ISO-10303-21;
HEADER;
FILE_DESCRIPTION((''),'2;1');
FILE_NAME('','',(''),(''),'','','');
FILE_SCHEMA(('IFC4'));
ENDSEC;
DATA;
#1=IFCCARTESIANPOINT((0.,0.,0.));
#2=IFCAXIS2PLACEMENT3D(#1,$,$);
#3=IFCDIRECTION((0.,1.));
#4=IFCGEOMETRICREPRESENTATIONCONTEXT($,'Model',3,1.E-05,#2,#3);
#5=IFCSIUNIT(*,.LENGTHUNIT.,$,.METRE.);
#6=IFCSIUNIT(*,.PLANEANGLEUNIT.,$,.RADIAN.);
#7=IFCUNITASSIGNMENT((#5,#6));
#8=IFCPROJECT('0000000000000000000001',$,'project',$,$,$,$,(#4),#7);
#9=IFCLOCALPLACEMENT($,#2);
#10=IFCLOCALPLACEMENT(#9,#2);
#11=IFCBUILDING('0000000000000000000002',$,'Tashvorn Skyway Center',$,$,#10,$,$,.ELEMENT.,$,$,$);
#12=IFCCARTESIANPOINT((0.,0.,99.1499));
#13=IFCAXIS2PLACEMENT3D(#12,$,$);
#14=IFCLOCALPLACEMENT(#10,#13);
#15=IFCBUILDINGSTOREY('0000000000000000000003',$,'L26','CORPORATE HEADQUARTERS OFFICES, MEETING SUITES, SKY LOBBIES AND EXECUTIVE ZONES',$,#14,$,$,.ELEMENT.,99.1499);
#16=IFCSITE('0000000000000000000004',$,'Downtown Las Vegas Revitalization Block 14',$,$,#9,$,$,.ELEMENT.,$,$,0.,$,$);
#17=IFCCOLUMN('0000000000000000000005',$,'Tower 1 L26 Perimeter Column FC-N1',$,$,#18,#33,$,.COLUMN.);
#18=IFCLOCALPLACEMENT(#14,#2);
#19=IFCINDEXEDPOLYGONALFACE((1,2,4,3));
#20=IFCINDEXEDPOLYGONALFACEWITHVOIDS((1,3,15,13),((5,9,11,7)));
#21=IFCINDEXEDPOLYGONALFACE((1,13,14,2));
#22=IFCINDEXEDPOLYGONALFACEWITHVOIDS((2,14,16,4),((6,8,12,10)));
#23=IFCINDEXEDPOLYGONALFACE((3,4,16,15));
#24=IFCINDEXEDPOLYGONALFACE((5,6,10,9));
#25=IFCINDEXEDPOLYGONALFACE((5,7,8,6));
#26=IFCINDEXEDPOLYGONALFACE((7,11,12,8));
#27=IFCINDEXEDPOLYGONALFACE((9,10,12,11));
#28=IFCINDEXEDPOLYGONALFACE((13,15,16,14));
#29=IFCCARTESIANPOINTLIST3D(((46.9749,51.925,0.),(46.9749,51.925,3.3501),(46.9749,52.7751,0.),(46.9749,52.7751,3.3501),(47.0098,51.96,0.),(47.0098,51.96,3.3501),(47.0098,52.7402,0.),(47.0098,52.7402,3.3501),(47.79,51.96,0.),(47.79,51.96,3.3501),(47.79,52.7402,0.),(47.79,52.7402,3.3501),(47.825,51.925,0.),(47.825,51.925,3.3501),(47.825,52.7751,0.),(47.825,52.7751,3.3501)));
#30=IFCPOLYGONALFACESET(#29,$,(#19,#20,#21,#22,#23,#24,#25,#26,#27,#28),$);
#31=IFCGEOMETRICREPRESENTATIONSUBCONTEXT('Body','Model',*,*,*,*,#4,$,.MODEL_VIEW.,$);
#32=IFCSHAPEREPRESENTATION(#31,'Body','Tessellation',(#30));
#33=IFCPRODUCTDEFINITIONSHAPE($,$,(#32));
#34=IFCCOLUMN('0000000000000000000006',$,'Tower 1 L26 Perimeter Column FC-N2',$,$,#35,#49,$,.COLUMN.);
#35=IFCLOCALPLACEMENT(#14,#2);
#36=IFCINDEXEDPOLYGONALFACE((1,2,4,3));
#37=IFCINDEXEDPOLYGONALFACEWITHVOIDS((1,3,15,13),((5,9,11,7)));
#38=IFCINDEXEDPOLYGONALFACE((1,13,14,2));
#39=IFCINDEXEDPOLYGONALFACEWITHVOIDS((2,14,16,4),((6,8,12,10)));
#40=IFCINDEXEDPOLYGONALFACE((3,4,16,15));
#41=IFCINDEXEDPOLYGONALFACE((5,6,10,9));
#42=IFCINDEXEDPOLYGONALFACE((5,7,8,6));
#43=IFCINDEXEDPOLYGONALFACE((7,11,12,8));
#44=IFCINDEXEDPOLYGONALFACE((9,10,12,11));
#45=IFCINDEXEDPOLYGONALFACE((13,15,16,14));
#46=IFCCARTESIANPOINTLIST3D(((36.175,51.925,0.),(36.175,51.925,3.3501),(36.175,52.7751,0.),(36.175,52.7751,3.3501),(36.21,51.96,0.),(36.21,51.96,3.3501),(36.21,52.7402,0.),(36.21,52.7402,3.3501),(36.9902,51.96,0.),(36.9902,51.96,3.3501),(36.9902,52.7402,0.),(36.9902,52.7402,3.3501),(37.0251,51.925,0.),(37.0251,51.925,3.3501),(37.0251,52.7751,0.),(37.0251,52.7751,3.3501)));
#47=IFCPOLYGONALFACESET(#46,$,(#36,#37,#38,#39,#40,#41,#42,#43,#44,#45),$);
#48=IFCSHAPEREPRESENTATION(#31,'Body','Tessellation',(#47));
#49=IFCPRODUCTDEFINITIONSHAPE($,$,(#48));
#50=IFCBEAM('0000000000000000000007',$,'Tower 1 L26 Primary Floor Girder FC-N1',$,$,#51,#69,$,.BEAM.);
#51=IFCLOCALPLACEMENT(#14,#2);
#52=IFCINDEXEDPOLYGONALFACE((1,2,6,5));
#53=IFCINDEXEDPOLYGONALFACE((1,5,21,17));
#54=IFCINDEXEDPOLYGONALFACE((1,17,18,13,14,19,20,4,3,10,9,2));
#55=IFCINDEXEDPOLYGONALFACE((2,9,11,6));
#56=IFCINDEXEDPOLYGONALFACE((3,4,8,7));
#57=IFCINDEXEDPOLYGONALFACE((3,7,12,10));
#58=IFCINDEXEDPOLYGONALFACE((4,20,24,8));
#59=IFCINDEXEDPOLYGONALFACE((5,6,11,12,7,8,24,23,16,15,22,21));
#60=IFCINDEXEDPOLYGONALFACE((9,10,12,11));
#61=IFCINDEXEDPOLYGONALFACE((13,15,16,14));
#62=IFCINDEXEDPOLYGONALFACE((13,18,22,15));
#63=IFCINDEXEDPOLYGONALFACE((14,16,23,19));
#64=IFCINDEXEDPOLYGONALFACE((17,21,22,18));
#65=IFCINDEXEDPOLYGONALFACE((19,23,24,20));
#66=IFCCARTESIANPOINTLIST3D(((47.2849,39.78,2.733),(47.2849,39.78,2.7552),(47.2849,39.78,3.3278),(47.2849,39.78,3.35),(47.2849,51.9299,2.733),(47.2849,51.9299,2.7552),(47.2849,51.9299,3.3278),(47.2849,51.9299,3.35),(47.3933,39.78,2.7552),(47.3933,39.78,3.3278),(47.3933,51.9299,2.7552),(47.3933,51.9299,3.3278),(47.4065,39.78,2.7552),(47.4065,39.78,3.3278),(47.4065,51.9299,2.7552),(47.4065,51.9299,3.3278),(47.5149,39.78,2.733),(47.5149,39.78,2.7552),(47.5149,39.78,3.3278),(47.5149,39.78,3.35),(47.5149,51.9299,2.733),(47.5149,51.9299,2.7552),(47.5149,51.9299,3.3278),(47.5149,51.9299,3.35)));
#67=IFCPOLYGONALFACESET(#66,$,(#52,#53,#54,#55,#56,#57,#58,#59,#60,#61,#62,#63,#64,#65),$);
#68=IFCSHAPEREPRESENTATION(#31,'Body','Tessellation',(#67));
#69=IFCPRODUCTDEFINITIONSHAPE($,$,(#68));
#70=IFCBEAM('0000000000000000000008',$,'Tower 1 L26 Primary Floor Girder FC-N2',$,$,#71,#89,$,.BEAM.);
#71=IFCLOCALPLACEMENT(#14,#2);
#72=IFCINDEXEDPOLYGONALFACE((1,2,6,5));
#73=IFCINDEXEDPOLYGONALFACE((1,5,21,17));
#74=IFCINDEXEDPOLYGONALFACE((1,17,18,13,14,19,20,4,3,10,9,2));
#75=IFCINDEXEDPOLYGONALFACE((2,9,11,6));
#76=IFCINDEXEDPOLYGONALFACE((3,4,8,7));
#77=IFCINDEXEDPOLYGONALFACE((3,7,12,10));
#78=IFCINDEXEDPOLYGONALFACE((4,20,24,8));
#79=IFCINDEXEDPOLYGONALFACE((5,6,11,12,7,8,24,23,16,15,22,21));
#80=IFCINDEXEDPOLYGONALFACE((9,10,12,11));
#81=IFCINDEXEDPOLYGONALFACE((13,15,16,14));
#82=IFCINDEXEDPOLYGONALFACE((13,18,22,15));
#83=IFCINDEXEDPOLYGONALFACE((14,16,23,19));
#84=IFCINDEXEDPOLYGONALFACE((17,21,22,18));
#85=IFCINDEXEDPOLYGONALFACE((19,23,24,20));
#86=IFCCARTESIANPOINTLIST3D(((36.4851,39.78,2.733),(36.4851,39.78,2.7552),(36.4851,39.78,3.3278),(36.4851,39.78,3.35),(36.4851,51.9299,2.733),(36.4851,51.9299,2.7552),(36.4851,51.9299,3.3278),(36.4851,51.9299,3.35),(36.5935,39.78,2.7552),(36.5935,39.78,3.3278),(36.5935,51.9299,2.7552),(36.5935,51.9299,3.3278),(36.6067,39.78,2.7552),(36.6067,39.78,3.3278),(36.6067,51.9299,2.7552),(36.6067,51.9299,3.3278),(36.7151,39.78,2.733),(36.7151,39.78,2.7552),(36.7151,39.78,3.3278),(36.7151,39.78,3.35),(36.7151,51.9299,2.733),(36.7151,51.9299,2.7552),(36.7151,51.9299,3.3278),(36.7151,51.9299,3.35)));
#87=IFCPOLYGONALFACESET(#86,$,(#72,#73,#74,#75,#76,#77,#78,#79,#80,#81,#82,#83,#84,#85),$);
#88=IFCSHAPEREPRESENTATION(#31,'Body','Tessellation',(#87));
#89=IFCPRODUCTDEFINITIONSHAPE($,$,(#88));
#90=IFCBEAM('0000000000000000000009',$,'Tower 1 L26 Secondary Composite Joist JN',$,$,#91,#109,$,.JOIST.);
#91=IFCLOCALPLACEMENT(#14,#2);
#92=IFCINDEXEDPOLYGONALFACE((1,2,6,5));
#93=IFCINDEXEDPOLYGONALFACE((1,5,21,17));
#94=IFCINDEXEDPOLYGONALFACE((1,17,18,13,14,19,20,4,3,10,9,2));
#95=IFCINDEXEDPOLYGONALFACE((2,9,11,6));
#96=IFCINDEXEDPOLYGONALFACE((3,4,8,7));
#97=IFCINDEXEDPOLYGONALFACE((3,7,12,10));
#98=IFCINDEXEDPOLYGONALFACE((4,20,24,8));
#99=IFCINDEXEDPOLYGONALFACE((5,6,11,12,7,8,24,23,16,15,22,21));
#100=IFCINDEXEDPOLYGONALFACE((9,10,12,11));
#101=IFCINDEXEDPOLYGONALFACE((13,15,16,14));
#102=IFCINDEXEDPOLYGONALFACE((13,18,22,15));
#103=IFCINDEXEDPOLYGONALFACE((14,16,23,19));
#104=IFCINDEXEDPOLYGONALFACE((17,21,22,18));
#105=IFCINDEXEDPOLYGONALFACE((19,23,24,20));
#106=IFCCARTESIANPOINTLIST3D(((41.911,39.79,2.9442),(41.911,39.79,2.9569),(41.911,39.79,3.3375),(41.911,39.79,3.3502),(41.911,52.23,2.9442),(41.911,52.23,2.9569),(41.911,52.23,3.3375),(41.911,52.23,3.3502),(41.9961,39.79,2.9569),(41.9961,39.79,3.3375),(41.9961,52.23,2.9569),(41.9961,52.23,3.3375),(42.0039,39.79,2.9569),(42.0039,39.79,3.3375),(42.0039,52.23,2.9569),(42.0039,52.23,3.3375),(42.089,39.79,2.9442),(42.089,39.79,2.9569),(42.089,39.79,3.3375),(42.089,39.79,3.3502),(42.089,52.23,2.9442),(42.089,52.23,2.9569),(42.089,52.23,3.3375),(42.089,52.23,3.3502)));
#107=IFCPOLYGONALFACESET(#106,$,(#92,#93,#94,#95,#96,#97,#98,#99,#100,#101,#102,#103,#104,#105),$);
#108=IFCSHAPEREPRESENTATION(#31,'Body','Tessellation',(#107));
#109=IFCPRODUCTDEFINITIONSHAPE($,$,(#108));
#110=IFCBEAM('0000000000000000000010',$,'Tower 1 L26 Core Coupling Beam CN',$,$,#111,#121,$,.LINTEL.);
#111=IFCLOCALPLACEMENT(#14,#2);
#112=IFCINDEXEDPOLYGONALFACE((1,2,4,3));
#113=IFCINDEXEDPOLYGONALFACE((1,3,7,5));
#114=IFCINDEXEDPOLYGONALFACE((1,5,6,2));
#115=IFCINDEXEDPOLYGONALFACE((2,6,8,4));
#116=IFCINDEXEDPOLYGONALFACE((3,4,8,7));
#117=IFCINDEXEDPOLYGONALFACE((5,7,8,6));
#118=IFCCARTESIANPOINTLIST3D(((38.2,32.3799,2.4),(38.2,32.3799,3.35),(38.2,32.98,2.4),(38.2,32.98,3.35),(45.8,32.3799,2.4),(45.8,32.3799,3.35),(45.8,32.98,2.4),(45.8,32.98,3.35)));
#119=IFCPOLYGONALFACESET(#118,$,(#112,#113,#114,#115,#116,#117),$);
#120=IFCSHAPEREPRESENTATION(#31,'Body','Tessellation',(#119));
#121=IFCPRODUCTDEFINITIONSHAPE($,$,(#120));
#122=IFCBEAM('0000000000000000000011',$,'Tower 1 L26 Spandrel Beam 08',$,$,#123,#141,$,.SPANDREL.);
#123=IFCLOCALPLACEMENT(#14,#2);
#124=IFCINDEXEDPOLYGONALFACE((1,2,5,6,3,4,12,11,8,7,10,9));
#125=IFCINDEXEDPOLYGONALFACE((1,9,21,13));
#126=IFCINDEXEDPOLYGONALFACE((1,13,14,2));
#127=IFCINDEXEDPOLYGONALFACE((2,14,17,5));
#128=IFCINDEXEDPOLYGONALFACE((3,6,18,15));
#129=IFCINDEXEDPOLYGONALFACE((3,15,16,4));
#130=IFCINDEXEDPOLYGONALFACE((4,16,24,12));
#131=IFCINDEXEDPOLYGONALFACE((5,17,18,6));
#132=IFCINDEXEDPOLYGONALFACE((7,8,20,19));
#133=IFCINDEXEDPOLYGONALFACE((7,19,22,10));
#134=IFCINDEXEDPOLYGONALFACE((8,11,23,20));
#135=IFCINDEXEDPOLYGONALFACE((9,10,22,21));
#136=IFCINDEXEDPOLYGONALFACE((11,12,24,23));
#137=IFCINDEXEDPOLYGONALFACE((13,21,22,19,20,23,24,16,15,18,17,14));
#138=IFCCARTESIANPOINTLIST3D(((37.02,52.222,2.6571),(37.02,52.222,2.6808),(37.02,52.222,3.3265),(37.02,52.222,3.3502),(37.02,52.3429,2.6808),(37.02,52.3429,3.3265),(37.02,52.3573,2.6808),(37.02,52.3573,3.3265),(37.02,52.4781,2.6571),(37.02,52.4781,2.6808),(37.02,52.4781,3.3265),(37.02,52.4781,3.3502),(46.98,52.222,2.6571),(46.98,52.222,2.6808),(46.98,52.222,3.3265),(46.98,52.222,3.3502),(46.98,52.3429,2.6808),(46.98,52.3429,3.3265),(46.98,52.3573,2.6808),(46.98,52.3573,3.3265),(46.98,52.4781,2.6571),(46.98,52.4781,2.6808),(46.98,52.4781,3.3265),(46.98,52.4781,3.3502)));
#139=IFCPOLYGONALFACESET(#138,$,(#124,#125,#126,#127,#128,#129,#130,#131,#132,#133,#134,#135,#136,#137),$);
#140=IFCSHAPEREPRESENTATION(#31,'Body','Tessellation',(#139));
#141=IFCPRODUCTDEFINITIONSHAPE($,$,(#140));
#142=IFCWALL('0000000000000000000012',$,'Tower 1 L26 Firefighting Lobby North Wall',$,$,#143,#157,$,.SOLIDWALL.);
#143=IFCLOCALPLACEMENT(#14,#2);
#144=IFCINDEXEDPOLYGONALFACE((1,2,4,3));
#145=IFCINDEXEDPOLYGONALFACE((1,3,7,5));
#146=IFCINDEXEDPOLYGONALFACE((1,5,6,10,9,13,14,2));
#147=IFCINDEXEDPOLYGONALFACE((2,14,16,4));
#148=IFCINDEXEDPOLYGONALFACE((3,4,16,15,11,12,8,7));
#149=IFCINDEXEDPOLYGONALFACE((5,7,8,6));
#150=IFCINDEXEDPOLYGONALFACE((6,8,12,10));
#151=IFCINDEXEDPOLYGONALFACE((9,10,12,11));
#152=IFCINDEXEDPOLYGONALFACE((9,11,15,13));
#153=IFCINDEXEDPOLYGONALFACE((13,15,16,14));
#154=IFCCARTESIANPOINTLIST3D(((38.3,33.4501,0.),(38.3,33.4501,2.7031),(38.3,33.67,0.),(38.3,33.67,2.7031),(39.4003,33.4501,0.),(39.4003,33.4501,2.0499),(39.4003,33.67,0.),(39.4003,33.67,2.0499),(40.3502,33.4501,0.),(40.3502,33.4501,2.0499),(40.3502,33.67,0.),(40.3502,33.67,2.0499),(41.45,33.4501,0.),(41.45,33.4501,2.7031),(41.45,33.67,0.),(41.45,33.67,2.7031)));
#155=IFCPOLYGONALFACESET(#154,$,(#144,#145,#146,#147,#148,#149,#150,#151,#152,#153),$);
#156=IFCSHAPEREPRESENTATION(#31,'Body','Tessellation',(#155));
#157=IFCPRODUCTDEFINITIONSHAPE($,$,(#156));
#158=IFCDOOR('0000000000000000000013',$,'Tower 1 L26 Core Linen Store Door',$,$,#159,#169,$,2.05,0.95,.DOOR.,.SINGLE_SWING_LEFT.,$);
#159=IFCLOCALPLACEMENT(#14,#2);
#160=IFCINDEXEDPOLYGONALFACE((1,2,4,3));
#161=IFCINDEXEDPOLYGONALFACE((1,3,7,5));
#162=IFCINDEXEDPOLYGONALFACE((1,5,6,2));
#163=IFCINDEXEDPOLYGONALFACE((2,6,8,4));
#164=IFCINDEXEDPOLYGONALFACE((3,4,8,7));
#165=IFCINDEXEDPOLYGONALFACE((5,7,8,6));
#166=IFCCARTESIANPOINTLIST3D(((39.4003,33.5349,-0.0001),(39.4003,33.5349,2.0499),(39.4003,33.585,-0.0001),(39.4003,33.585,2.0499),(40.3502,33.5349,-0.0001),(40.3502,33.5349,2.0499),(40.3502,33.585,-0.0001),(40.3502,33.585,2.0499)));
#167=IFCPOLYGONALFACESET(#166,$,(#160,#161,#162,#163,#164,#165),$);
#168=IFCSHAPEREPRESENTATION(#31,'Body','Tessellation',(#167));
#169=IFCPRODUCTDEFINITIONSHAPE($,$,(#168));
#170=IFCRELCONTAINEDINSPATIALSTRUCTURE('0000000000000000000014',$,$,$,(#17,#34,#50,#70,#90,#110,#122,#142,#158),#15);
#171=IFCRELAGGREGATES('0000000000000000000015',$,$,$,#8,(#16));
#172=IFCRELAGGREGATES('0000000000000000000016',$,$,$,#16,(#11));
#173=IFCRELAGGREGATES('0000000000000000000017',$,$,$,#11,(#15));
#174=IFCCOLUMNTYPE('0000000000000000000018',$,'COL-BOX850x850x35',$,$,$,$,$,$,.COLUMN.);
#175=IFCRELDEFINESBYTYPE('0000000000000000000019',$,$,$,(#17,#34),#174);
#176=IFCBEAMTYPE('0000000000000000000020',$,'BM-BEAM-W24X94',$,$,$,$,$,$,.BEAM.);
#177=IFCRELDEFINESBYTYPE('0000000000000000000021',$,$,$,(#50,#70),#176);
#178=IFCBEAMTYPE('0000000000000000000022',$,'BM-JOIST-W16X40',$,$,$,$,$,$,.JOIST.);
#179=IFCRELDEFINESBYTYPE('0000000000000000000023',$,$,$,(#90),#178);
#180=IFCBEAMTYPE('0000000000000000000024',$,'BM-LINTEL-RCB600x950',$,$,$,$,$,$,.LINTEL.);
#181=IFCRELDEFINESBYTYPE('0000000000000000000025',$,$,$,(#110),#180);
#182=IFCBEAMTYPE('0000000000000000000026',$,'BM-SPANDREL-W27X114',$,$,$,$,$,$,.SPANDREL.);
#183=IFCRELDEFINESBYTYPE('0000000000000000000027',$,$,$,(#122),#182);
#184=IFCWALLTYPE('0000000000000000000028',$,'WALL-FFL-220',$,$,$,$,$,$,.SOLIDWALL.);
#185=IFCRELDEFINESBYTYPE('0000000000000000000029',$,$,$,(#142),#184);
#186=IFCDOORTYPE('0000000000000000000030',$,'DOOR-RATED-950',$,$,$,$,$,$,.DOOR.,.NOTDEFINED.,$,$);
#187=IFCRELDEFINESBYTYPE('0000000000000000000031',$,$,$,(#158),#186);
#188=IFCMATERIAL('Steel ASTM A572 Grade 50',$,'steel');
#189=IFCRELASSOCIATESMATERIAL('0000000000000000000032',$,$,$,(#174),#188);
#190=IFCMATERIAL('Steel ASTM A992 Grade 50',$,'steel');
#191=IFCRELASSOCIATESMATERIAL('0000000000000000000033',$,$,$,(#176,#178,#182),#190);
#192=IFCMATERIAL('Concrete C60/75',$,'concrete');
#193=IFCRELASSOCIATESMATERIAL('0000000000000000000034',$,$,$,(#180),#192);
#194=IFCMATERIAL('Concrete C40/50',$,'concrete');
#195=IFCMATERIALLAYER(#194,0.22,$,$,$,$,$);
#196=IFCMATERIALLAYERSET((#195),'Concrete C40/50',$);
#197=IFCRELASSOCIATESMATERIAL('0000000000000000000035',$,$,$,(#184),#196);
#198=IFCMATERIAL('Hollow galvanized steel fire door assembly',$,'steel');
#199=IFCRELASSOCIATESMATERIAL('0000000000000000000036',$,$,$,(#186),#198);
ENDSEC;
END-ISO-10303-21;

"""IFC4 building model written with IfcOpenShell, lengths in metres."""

from ifc_helpers import new_model, si_unit, direction, frame, frame_2d, origin, origin_2d, place, context, subcontext, project, spatial, rectangle, hollow_rectangle, i_section, extrude, material, layer, layer_set, material_profile, profile_set, type_object, element, fill, save


model = new_model("IFC4")

# Units and contexts
model_context = context("Model", 3, precision=1e-05, world=origin(), true_north=direction((0.0, 1.0)))
body_context = subcontext(model_context, "Body", "Model", "MODEL_VIEW")
ifc_project = project(units=[si_unit("LENGTHUNIT", "METRE"), si_unit("PLANEANGLEUNIT", "RADIAN")], contexts=[model_context])

# Site, building, storey
site_placement = place(None, origin())
site = spatial("IfcSite", under=ifc_project, at=site_placement, Name="Downtown Las Vegas Revitalization Block 14", CompositionType="ELEMENT", RefElevation=0.0)
building_placement = place(site_placement, origin())
building = spatial("IfcBuilding", under=site, at=building_placement, Name="Tashvorn Skyway Center", CompositionType="ELEMENT")
storey_placement = place(building_placement, frame((0.0, 0.0, 99.1499)))
storey = spatial("IfcBuildingStorey", under=building, at=storey_placement, Name="L26", Description="CORPORATE HEADQUARTERS OFFICES, MEETING SUITES, SKY LOBBIES AND EXECUTIVE ZONES", CompositionType="ELEMENT", Elevation=99.1499)

# Columns
ifc_material_1 = material(Name="Steel ASTM A572 Grade 50", Category="steel")
ifc_material_profile_1 = material_profile(ifc_material_1, hollow_rectangle(XDim=0.8501, YDim=0.8501, WallThickness=0.0349, at=origin_2d()), Name="BOX850x850x35")
ifc_profile_set_1 = profile_set([ifc_material_profile_1], Name="Steel ASTM A572 Grade 50")
column_type = type_object("IfcColumnType", Name="COL-BOX850x850x35", PredefinedType="COLUMN", material=ifc_profile_set_1)
for number, where, z_axis, x_axis, name in (
    (1, (47.3999, 52.3501, 0.0), (0.0, 0.0, 1.0), (1.0, 0.0, 0.0), "Tower 1 L26 Perimeter Column FC-N1"),
    (2, (36.6001, 52.3501, 0.0), (0.0, 0.0, 1.0), (1.0, 0.0, 0.0), "Tower 1 L26 Perimeter Column FC-N2"),
):
    element("IfcColumn", number, at=place(storey_placement, frame(where, z_axis=z_axis, x_axis=x_axis)), inside=storey, type_object=column_type, Name=name, PredefinedType="COLUMN", context=body_context, shape_type="SweptSolid", body=[
        extrude(hollow_rectangle(XDim=0.8501, YDim=0.8501, WallThickness=0.0349, at=origin_2d()), origin(), (0.0, 0.0, 1.0), 3.3501),
    ])

# Beams
ifc_material_2 = material(Name="Steel ASTM A992 Grade 50", Category="steel")
ifc_material_profile_2 = material_profile(ifc_material_2, i_section(OverallWidth=0.23, OverallDepth=0.6169, WebThickness=0.0132, FlangeThickness=0.0222, at=origin_2d()), Name="W24X94")
ifc_profile_set_2 = profile_set([ifc_material_profile_2], Name="Steel ASTM A992 Grade 50")
beam_type_1 = type_object("IfcBeamType", Name="BM-BEAM-W24X94", PredefinedType="BEAM", material=ifc_profile_set_2)
for number, where, z_axis, x_axis, name in (
    (3, (47.3999, 51.9299, 3.0415), (0.0, -1.0, 0.0), (1.0, 0.0, 0.0), "Tower 1 L26 Primary Floor Girder FC-N1"),
    (4, (36.6001, 51.9299, 3.0415), (0.0, -1.0, 0.0), (1.0, 0.0, 0.0), "Tower 1 L26 Primary Floor Girder FC-N2"),
):
    element("IfcBeam", number, at=place(storey_placement, frame(where, z_axis=z_axis, x_axis=x_axis)), inside=storey, type_object=beam_type_1, Name=name, PredefinedType="BEAM", context=body_context, shape_type="SweptSolid", body=[
        extrude(i_section(OverallWidth=0.23, OverallDepth=0.6169, WebThickness=0.0132, FlangeThickness=0.0222, at=origin_2d()), origin(), (0.0, 0.0, 1.0), 12.1499),
    ])
ifc_material_profile_3 = material_profile(ifc_material_2, i_section(OverallWidth=0.178, OverallDepth=0.406, WebThickness=0.0078, FlangeThickness=0.0127, at=origin_2d()), Name="W16X40")
ifc_profile_set_3 = profile_set([ifc_material_profile_3], Name="Steel ASTM A992 Grade 50")
beam_type_2 = type_object("IfcBeamType", Name="BM-JOIST-W16X40", PredefinedType="JOIST", material=ifc_profile_set_3)
beam_1_placement = place(storey_placement, frame((42.0, 39.79, 3.1472), z_axis=(0.0, 1.0, 0.0), x_axis=(-1.0, 0.0, 0.0)))
element("IfcBeam", 5, at=beam_1_placement, inside=storey, type_object=beam_type_2, Name="Tower 1 L26 Secondary Composite Joist JN", PredefinedType="JOIST", context=body_context, shape_type="SweptSolid", body=[
    extrude(i_section(OverallWidth=0.178, OverallDepth=0.406, WebThickness=0.0078, FlangeThickness=0.0127, at=origin_2d()), origin(), (0.0, 0.0, 1.0), 12.4399),
])
ifc_material_3 = material(Name="Concrete C60/75", Category="concrete")
ifc_material_profile_4 = material_profile(ifc_material_3, rectangle(XDim=0.6001, YDim=0.95, at=origin_2d()), Name="RCB600x950")
ifc_profile_set_4 = profile_set([ifc_material_profile_4], Name="Concrete C60/75")
beam_type_3 = type_object("IfcBeamType", Name="BM-LINTEL-RCB600x950", PredefinedType="LINTEL", material=ifc_profile_set_4)
beam_2_placement = place(storey_placement, frame((38.2, 32.6799, 2.875), z_axis=(1.0, 0.0, 0.0), x_axis=(0.0, 1.0, 0.0)))
element("IfcBeam", 6, at=beam_2_placement, inside=storey, type_object=beam_type_3, Name="Tower 1 L26 Core Coupling Beam CN", PredefinedType="LINTEL", context=body_context, shape_type="SweptSolid", body=[
    extrude(rectangle(XDim=0.6001, YDim=0.95, at=origin_2d()), origin(), (0.0, 0.0, 1.0), 7.6001),
])
ifc_material_profile_5 = material_profile(ifc_material_2, i_section(OverallWidth=0.2561, OverallDepth=0.6931, WebThickness=0.0144, FlangeThickness=0.0237, at=origin_2d()), Name="W27X114")
ifc_profile_set_5 = profile_set([ifc_material_profile_5], Name="Steel ASTM A992 Grade 50")
beam_type_4 = type_object("IfcBeamType", Name="BM-SPANDREL-W27X114", PredefinedType="SPANDREL", material=ifc_profile_set_5)
beam_3_placement = place(storey_placement, frame((46.98, 52.3501, 3.0037), z_axis=(-1.0, 0.0, 0.0), x_axis=(0.0, -1.0, 0.0)))
element("IfcBeam", 7, at=beam_3_placement, inside=storey, type_object=beam_type_4, Name="Tower 1 L26 Spandrel Beam 08", PredefinedType="SPANDREL", context=body_context, shape_type="SweptSolid", body=[
    extrude(i_section(OverallWidth=0.2561, OverallDepth=0.6931, WebThickness=0.0144, FlangeThickness=0.0237, at=origin_2d()), origin(), (0.0, 0.0, 1.0), 9.96),
])

# Wall, opening, door
ifc_material_4 = material(Name="Concrete C40/50", Category="concrete")
ifc_layer_1 = layer(ifc_material_4, 0.22)
ifc_layer_set_1 = layer_set([ifc_layer_1], Name="Concrete C40/50")
wall_type_1 = type_object("IfcWallType", Name="WALL-FFL-220", PredefinedType="SOLIDWALL", material=ifc_layer_set_1)
wall_1_placement = place(storey_placement, frame((38.3, 33.5601, 0.0), z_axis=(0.0, 0.0, 1.0), x_axis=(1.0, 0.0, 0.0)))
wall_1 = element("IfcWall", 8, at=wall_1_placement, inside=storey, type_object=wall_type_1, Name="Tower 1 L26 Firefighting Lobby North Wall", PredefinedType="SOLIDWALL", context=body_context, shape_type="SweptSolid", body=[
    extrude(rectangle(XDim=3.1499, YDim=0.22, at=frame_2d((1.575, 0.0))), origin(), (0.0, 0.0, 1.0), 2.7031),
])
opening_1_placement = place(wall_1_placement, frame((1.1001, 0.0, 0.0)))
opening_1 = element("IfcOpeningElement", 9, at=opening_1_placement, cuts=wall_1, PredefinedType="OPENING", context=body_context, shape_type="SweptSolid", body=[
    extrude(rectangle(XDim=0.95, YDim=2.05, at=frame_2d((0.4751, 1.0249))), frame((0.0, 0.1199, 0.0), z_axis=(0.0, -1.0, 0.0), x_axis=(1.0, 0.0, 0.0)), (0.0, 0.0, 1.0), 0.24),
])
ifc_material_5 = material(Name="Hollow galvanized steel fire door assembly", Category="steel")
door_type_1 = type_object("IfcDoorType", Name="DOOR-RATED-950", OperationType="NOTDEFINED", PredefinedType="DOOR", material=ifc_material_5)
door_1_placement = place(opening_1_placement, origin())
door_1 = element("IfcDoor", 10, at=door_1_placement, inside=storey, type_object=door_type_1, Name="Tower 1 L26 Core Linen Store Door", OperationType="SINGLE_SWING_LEFT", OverallHeight=2.05, OverallWidth=0.95, PredefinedType="DOOR", context=body_context, shape_type="SweptSolid", body=[
    extrude(rectangle(XDim=0.95, YDim=2.05, at=frame_2d((0.4751, 1.0249))), frame((0.0, 0.0249, 0.0), z_axis=(0.0, -1.0, 0.0), x_axis=(1.0, 0.0, 0.0)), (0.0, 0.0, 1.0), 0.05),
])
fill(opening_1, door_1)

save(model, "model.ifc")
